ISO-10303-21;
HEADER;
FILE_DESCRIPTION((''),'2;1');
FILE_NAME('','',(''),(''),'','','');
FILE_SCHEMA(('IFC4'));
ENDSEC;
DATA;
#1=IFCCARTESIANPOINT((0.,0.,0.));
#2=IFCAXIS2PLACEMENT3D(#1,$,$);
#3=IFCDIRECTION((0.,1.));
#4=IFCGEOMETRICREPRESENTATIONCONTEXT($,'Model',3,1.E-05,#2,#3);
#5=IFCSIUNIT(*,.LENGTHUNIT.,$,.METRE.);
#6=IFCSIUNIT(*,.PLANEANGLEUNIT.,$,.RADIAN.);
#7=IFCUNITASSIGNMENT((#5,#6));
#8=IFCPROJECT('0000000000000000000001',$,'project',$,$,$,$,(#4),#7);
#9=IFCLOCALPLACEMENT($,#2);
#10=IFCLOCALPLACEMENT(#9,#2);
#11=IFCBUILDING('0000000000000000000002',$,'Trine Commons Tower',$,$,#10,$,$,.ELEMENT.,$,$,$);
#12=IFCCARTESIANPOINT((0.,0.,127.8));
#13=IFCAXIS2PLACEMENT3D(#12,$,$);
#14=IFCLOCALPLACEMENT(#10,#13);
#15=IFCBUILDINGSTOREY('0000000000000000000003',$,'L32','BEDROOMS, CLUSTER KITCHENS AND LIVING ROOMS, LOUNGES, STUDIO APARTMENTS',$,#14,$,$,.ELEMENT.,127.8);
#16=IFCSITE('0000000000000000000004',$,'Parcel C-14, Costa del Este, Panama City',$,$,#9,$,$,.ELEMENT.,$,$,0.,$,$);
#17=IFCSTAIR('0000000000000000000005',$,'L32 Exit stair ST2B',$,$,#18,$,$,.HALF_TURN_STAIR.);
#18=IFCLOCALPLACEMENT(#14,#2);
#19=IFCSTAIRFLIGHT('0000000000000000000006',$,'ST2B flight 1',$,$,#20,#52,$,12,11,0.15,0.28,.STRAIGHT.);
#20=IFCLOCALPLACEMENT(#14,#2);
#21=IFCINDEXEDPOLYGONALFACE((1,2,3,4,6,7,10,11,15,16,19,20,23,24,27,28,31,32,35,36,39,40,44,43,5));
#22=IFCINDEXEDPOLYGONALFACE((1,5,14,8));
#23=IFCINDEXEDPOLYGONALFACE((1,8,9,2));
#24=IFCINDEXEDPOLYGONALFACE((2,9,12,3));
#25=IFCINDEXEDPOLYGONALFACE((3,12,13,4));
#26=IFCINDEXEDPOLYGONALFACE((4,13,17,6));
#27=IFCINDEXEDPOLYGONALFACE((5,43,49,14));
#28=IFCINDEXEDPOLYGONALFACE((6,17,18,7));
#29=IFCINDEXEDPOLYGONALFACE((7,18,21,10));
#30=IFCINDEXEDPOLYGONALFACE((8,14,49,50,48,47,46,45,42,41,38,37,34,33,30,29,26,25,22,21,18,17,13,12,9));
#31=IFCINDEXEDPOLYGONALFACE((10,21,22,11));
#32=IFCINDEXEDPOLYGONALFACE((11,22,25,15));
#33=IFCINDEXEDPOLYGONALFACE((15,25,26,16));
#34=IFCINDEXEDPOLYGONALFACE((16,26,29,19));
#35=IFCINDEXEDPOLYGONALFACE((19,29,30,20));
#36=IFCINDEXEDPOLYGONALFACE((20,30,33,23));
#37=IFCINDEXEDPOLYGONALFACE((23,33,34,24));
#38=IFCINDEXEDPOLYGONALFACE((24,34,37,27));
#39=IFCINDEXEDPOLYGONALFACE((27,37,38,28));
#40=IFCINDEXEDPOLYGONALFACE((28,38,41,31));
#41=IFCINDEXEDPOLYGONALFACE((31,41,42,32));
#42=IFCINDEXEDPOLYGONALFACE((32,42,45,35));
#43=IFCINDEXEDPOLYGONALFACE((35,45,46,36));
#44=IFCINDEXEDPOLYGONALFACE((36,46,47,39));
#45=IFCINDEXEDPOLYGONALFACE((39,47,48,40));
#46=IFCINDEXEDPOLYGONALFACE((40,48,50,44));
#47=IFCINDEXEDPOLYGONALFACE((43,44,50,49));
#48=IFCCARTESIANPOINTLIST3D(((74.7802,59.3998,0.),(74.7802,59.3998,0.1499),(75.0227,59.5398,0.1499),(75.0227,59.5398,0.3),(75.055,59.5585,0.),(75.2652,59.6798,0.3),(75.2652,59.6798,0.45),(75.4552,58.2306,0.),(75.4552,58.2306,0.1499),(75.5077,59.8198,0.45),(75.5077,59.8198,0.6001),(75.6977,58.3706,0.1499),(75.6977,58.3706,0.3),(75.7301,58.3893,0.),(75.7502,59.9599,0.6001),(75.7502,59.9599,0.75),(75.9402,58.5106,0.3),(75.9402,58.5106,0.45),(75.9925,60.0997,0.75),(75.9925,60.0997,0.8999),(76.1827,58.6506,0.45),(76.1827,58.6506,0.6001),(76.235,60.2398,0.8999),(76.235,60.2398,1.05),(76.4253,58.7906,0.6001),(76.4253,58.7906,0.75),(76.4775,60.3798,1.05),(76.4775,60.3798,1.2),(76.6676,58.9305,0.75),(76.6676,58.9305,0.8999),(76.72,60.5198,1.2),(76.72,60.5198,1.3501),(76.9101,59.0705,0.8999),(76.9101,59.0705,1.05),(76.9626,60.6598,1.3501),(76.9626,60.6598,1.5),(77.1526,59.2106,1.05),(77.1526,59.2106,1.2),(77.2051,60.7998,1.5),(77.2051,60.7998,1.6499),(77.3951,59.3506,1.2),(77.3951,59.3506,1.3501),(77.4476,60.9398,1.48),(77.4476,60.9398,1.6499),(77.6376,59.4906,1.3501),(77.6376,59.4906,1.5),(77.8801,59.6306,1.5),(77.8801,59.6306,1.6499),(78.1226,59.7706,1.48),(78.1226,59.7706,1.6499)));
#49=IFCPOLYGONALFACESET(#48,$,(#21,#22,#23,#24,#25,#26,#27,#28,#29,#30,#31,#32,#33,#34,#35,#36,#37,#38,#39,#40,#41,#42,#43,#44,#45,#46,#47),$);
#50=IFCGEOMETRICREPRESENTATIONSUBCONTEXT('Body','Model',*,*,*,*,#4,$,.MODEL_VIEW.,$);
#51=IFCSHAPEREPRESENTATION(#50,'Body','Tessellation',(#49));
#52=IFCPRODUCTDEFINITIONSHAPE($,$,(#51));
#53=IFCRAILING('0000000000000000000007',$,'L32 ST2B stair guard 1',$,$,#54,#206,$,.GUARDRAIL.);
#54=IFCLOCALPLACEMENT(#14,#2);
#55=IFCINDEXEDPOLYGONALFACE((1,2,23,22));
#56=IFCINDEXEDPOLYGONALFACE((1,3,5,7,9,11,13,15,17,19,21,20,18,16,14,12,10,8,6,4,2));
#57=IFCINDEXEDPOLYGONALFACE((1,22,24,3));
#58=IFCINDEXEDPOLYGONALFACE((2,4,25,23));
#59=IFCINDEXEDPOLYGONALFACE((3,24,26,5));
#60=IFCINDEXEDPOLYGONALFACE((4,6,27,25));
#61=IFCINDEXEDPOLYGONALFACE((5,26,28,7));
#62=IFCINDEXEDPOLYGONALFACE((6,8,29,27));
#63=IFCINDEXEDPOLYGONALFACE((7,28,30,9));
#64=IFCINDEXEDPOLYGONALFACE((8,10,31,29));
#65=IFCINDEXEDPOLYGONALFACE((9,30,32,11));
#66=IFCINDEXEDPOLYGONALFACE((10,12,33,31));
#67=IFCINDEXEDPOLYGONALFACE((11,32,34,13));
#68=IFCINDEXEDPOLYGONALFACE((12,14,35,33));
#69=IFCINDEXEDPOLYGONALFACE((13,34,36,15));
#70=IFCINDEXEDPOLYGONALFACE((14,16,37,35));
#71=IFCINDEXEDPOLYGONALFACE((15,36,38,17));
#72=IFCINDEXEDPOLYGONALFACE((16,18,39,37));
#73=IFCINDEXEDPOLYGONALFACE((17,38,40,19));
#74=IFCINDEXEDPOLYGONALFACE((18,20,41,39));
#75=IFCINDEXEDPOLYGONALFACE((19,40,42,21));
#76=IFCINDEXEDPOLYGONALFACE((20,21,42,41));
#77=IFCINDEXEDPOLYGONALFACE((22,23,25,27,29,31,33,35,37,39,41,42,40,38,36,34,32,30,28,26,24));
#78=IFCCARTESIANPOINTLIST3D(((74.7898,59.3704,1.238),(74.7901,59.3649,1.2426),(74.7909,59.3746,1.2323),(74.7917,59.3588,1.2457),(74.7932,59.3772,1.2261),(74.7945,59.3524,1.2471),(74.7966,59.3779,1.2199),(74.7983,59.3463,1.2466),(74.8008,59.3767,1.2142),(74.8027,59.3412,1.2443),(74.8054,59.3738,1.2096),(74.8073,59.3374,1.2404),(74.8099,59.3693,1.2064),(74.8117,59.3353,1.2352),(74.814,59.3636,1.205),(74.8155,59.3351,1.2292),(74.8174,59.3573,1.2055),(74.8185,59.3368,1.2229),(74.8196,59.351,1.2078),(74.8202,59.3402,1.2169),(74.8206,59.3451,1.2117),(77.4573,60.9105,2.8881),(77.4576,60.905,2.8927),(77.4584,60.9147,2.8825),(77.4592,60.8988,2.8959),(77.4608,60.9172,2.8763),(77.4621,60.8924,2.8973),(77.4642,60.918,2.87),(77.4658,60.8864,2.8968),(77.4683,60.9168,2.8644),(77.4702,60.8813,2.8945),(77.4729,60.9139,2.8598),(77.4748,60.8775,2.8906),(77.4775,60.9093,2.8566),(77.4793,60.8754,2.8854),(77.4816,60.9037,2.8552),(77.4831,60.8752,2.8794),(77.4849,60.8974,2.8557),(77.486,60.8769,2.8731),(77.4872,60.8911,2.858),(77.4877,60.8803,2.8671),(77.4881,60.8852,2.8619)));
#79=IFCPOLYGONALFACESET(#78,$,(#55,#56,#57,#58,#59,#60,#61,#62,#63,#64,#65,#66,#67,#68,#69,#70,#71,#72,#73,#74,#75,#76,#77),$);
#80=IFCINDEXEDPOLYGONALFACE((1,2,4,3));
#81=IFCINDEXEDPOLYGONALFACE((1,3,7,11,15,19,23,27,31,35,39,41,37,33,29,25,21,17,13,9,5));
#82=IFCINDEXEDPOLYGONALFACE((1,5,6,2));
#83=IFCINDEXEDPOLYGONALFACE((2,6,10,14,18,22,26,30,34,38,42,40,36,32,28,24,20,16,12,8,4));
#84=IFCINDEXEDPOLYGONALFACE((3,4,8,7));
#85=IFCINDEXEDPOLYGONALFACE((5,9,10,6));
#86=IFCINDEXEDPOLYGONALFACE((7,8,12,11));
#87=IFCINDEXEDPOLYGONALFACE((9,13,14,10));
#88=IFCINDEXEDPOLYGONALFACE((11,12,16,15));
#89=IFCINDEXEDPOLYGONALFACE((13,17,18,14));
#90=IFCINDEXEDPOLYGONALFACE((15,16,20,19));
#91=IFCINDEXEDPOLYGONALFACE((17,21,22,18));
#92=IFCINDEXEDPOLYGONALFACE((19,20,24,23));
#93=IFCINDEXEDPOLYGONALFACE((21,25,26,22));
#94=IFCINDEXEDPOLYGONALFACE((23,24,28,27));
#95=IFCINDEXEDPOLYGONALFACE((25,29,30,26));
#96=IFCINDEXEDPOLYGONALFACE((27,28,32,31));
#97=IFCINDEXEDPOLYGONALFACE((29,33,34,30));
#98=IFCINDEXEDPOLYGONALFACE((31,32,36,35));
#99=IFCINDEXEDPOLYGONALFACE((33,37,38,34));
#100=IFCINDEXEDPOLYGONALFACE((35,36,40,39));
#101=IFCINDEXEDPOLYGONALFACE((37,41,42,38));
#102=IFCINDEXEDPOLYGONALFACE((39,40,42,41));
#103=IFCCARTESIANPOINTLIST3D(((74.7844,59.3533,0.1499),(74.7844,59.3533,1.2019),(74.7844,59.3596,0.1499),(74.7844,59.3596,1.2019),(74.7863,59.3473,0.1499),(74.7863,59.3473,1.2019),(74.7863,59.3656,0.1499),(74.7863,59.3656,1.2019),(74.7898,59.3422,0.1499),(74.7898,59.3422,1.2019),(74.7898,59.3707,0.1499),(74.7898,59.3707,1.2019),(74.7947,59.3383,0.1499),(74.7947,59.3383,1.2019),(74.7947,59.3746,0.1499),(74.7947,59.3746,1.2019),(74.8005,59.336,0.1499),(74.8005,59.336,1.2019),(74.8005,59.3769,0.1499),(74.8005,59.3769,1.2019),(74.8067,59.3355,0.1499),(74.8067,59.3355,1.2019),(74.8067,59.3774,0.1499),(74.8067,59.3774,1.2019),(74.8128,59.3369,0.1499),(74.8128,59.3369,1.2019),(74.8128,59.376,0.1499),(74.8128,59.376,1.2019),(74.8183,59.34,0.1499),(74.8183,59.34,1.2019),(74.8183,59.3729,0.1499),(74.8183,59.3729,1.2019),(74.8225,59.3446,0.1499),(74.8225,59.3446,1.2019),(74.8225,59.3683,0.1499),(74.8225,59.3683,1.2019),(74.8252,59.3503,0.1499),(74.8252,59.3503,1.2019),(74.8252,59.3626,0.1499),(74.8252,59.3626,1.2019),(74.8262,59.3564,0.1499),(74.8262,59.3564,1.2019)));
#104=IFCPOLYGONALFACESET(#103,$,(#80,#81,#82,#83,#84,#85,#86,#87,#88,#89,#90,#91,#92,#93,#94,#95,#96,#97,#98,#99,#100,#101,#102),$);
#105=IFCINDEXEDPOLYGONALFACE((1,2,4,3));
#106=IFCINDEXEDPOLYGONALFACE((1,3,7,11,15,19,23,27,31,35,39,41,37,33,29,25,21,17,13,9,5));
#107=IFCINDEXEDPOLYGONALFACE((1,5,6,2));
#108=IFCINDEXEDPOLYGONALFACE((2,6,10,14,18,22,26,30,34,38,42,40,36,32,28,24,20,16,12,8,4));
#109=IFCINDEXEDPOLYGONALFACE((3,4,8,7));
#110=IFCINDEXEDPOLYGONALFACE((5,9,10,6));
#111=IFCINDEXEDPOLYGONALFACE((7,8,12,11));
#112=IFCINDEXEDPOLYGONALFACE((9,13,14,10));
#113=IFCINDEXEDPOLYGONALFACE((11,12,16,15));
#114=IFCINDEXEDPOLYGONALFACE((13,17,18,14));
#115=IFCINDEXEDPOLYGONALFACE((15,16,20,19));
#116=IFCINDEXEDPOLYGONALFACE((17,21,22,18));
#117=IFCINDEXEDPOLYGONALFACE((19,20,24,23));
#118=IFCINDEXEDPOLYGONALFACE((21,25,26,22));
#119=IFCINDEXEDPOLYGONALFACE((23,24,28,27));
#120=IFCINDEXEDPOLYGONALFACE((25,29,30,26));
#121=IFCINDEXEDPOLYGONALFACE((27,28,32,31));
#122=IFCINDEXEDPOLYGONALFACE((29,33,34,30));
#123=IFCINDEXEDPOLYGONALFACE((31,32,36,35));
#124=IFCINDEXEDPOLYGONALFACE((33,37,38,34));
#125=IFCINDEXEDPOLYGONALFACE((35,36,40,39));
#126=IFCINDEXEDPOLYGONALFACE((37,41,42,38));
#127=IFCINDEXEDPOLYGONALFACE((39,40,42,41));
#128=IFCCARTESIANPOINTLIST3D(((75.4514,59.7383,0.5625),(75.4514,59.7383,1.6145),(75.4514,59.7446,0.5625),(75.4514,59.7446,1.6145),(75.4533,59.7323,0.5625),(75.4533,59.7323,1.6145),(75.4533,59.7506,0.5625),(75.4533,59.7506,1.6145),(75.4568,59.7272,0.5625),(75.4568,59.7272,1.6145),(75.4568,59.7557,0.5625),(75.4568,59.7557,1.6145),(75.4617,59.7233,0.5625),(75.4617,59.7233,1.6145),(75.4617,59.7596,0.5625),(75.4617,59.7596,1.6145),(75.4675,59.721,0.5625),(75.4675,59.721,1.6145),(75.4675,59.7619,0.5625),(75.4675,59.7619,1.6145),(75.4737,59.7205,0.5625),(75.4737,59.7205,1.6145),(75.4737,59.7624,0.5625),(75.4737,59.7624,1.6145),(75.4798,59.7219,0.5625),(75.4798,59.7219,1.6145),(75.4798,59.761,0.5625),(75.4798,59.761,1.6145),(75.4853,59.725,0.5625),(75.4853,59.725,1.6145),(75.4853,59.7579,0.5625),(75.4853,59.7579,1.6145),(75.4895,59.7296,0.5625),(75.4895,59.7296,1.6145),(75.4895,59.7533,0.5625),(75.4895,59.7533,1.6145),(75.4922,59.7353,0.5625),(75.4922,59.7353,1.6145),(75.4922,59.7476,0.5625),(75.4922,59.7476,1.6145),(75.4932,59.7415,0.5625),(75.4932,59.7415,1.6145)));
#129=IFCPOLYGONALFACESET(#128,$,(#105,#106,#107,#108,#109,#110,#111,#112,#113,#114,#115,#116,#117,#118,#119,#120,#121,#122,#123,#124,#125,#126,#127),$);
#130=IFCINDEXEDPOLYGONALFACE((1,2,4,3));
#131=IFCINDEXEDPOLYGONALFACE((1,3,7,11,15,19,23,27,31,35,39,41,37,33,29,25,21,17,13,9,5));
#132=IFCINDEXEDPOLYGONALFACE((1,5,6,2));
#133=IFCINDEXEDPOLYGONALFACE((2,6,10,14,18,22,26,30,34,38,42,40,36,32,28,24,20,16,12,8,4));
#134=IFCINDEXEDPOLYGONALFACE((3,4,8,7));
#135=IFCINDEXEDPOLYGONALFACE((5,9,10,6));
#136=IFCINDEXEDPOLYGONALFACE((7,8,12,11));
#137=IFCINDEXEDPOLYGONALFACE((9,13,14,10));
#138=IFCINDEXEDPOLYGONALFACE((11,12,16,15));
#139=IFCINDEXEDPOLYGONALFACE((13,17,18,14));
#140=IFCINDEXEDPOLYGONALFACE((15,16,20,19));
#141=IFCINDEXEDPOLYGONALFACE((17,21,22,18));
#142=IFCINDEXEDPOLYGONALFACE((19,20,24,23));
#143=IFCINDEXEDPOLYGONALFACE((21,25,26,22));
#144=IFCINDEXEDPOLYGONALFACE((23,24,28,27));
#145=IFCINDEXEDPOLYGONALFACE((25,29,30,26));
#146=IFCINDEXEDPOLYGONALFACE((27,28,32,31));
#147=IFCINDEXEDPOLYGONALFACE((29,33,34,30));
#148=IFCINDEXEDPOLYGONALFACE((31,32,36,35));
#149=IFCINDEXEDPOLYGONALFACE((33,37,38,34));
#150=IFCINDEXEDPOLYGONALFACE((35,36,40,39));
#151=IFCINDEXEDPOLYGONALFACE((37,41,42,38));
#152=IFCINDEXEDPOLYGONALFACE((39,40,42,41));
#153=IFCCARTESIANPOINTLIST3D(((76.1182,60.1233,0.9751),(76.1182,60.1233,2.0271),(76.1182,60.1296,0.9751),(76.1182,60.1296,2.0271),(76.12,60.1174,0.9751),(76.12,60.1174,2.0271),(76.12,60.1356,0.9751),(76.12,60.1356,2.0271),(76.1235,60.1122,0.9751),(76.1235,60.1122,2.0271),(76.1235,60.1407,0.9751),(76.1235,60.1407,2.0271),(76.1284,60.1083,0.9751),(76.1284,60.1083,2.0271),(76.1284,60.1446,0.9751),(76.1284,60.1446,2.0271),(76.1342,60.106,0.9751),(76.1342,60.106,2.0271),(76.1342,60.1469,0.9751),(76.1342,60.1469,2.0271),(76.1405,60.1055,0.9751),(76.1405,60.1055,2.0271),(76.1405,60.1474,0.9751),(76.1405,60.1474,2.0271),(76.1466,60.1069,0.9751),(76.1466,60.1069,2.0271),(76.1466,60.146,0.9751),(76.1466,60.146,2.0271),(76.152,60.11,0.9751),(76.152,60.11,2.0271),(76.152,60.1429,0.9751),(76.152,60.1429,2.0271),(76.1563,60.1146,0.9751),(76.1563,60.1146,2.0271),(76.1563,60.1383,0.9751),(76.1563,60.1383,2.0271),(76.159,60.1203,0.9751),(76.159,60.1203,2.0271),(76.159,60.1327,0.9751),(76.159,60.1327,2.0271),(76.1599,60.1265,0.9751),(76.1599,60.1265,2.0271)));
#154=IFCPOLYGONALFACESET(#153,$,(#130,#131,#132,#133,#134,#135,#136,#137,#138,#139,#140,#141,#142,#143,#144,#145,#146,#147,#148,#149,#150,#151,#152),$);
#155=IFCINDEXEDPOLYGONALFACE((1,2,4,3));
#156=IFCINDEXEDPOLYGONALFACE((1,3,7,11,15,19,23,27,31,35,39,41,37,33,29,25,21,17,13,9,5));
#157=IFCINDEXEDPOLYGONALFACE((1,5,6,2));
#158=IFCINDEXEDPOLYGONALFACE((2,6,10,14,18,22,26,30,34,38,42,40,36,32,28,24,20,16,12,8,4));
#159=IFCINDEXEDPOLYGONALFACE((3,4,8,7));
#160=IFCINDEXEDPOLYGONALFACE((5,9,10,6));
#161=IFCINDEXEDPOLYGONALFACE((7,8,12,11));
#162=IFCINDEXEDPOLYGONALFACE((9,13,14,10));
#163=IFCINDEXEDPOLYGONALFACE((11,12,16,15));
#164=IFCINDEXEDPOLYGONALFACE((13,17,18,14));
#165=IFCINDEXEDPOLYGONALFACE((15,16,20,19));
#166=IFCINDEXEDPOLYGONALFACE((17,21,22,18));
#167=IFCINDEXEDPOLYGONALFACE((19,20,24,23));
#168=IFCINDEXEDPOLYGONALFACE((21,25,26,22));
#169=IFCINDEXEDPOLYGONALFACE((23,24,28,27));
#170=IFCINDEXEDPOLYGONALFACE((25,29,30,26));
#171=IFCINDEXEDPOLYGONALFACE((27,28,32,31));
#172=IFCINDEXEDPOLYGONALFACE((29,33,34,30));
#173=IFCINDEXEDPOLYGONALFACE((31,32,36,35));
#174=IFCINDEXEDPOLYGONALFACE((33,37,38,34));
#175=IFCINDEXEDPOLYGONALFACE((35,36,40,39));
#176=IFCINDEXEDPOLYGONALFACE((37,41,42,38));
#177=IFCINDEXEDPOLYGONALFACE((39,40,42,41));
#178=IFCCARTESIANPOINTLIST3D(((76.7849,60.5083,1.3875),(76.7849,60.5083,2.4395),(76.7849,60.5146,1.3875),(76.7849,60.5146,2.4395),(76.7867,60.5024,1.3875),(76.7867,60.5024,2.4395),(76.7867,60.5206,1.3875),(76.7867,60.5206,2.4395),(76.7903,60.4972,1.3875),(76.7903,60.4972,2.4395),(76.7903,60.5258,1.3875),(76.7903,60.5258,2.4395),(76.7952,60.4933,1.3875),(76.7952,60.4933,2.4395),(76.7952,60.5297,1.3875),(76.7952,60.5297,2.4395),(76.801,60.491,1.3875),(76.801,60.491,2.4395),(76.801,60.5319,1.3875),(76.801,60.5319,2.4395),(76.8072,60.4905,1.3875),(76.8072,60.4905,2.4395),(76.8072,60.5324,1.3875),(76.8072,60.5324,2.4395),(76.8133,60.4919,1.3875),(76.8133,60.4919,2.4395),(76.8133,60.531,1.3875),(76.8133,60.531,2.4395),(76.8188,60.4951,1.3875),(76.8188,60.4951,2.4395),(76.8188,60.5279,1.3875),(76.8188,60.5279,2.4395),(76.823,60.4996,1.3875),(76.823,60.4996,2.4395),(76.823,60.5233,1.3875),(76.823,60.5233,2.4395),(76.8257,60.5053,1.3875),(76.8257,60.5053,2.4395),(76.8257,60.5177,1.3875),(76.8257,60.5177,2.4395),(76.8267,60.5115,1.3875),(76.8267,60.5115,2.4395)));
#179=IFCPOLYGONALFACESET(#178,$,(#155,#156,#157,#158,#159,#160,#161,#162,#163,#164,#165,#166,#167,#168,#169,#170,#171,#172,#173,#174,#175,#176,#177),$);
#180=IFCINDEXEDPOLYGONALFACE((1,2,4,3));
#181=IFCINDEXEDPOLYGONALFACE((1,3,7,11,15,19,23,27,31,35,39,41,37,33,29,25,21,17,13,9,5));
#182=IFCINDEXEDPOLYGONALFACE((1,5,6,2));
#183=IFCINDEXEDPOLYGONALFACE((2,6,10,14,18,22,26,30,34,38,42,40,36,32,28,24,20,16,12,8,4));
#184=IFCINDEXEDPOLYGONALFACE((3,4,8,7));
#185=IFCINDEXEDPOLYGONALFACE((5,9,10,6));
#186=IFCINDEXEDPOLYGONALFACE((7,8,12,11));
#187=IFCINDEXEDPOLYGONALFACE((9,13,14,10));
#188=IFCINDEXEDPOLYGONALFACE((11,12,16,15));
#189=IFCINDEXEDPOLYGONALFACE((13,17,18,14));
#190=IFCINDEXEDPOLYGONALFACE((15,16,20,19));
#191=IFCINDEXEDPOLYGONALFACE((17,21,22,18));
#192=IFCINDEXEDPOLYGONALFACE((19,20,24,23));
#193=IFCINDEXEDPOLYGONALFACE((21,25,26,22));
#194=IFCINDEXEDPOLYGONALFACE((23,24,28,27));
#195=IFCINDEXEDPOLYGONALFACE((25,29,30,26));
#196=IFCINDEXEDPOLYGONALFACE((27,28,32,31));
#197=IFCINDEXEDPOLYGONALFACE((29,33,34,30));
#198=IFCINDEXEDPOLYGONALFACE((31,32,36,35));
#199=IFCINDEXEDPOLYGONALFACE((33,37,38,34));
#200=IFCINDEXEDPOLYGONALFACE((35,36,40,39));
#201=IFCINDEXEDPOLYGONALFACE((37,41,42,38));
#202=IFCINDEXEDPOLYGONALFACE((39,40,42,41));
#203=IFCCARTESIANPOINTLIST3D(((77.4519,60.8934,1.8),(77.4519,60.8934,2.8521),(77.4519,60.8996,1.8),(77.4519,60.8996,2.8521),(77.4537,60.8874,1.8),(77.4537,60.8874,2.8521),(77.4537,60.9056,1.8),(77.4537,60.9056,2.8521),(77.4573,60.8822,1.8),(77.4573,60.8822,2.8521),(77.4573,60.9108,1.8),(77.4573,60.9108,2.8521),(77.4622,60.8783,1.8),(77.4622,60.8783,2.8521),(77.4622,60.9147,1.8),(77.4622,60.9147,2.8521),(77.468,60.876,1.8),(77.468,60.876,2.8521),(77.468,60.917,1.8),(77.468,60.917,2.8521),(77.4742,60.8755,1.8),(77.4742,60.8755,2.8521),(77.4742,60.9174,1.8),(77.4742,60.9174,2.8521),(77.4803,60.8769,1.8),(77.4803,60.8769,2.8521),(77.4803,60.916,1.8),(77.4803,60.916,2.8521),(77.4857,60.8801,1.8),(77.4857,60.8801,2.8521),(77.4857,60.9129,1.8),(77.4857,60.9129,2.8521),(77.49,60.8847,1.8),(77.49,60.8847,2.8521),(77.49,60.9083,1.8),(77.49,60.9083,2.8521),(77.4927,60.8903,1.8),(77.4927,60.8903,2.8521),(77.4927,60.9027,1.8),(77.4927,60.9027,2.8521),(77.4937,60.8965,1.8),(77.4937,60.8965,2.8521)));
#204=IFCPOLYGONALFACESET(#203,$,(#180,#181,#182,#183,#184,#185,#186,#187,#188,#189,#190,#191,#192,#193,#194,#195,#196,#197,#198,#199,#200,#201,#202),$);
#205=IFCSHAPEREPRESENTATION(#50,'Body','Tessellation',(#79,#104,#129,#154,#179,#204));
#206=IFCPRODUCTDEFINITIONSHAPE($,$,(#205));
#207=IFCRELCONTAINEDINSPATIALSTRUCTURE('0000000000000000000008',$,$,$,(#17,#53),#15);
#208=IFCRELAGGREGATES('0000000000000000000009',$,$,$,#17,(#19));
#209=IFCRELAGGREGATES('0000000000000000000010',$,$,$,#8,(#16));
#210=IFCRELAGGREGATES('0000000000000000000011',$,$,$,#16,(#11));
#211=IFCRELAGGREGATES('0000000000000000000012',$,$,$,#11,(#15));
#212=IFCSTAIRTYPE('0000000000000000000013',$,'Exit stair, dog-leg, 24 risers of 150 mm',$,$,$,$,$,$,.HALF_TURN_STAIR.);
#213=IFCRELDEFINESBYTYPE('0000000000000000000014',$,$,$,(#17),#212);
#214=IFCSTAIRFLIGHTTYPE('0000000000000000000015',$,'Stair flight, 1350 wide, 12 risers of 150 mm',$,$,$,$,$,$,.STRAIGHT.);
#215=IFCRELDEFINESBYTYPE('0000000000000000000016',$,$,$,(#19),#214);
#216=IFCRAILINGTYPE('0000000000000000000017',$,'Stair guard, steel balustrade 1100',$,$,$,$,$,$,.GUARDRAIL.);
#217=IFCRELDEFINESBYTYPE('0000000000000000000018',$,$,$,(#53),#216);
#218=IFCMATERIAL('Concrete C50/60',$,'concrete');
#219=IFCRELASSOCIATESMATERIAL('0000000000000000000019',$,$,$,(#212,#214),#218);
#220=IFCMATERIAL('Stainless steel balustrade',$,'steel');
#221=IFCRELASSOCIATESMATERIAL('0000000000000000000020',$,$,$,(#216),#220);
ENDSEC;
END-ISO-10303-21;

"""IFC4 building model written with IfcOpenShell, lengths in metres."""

from ifc_helpers import new_model, si_unit, direction, frame, origin, origin_2d, place, context, subcontext, project, spatial, polyline, circle, outline, extrude, material, type_object, element, aggregate, save


model = new_model("IFC4")

# Units and contexts
model_context = context("Model", 3, precision=1e-05, world=origin(), true_north=direction((0.0, 1.0)))
body_context = subcontext(model_context, "Body", "Model", "MODEL_VIEW")
ifc_project = project(units=[si_unit("LENGTHUNIT", "METRE"), si_unit("PLANEANGLEUNIT", "RADIAN")], contexts=[model_context])

# Site, building, storey
site_placement = place(None, origin())
site = spatial("IfcSite", under=ifc_project, at=site_placement, Name="Parcel C-14, Costa del Este, Panama City", CompositionType="ELEMENT", RefElevation=0.0)
building_placement = place(site_placement, origin())
building = spatial("IfcBuilding", under=site, at=building_placement, Name="Trine Commons Tower", CompositionType="ELEMENT")
storey_placement = place(building_placement, frame((0.0, 0.0, 127.8)))
storey = spatial("IfcBuildingStorey", under=building, at=storey_placement, Name="L32", Description="BEDROOMS, CLUSTER KITCHENS AND LIVING ROOMS, LOUNGES, STUDIO APARTMENTS", CompositionType="ELEMENT", Elevation=127.8)

# Stair, stair flight
ifc_material_1 = material(Name="Concrete C50/60", Category="concrete")
stair_type = type_object("IfcStairType", Name="Exit stair, dog-leg, 24 risers of 150 mm", PredefinedType="HALF_TURN_STAIR", material=ifc_material_1)
stair_placement = place(storey_placement, origin())
stair = element("IfcStair", 1, at=stair_placement, inside=storey, type_object=stair_type, Name="L32 Exit stair ST2B", PredefinedType="HALF_TURN_STAIR")
stair_flight_type = type_object("IfcStairFlightType", Name="Stair flight, 1350 wide, 12 risers of 150 mm", PredefinedType="STRAIGHT", material=ifc_material_1)
stair_flight_placement = place(storey_placement, frame((75.1177, 58.8152, 0.0), z_axis=(0.0, 0.0, 1.0), x_axis=(0.866025, 0.5, 0.0)))
stair_flight = element("IfcStairFlight", 2, at=stair_flight_placement, type_object=stair_flight_type, Name="ST2B flight 1", NumberOfRisers=12, NumberOfTreads=11, PredefinedType="STRAIGHT", RiserHeight=0.15, TreadLength=0.28, context=body_context, shape_type="SweptSolid", body=[
    extrude(outline(polyline([(0.0, 0.0), (0.0, 0.1499), (0.28, 0.1499), (0.28, 0.3), (0.5601, 0.3), (0.5601, 0.45), (0.8401, 0.45), (0.8401, 0.6001), (1.1201, 0.6001), (1.1201, 0.75), (1.3999, 0.75), (1.3999, 0.8999), (1.6799, 0.8999), (1.6799, 1.05), (1.96, 1.05), (1.96, 1.2), (2.24, 1.2), (2.24, 1.3501), (2.52, 1.3501), (2.52, 1.5), (2.8, 1.5), (2.8, 1.6499), (3.0801, 1.6499), (3.0801, 1.8), (3.0801, 1.48), (0.3174, 0.0), (0.0, 0.0)])), frame((0.0, 0.675, 0.0), z_axis=(0.0, -1.0, 0.0), x_axis=(1.0, 0.0, 0.0)), (0.0, 0.0, 1.0), 1.3501),
])
aggregate(stair, [stair_flight])

# Railing
ifc_material_2 = material(Name="Stainless steel balustrade", Category="steel")
railing_type_1 = type_object("IfcRailingType", Name="Stair guard, steel balustrade 1100", PredefinedType="GUARDRAIL", material=ifc_material_2)
railing_1_placement = place(storey_placement, frame((74.8052, 59.3564, 0.1499)))
element("IfcRailing", 3, at=railing_1_placement, inside=storey, type_object=railing_type_1, Name="L32 ST2B stair guard 1", PredefinedType="GUARDRAIL", context=body_context, shape_type="SweptSolid", body=[
    extrude(circle(Radius=0.0239, at=origin_2d()), frame((0.0, 0.0, 1.0762), z_axis=(0.76338, 0.440728, 0.472239), x_axis=(-0.499992, 0.86603, 0.0)), (0.0, 0.0, 1.0), 3.4944),
    extrude(circle(Radius=0.021, at=origin_2d()), origin(), (0.0, 0.0, 1.0), 1.052),
    extrude(circle(Radius=0.021, at=origin_2d()), frame((0.667, 0.385, 0.4126)), (0.0, 0.0, 1.0), 1.052),
    extrude(circle(Radius=0.021, at=origin_2d()), frame((1.3337, 0.77, 0.8252)), (0.0, 0.0, 1.0), 1.052),
    extrude(circle(Radius=0.021, at=origin_2d()), frame((2.0005, 1.155, 1.2375)), (0.0, 0.0, 1.0), 1.052),
    extrude(circle(Radius=0.021, at=origin_2d()), frame((2.6675, 1.54, 1.6501)), (0.0, 0.0, 1.0), 1.052),
])

save(model, "model.ifc")
